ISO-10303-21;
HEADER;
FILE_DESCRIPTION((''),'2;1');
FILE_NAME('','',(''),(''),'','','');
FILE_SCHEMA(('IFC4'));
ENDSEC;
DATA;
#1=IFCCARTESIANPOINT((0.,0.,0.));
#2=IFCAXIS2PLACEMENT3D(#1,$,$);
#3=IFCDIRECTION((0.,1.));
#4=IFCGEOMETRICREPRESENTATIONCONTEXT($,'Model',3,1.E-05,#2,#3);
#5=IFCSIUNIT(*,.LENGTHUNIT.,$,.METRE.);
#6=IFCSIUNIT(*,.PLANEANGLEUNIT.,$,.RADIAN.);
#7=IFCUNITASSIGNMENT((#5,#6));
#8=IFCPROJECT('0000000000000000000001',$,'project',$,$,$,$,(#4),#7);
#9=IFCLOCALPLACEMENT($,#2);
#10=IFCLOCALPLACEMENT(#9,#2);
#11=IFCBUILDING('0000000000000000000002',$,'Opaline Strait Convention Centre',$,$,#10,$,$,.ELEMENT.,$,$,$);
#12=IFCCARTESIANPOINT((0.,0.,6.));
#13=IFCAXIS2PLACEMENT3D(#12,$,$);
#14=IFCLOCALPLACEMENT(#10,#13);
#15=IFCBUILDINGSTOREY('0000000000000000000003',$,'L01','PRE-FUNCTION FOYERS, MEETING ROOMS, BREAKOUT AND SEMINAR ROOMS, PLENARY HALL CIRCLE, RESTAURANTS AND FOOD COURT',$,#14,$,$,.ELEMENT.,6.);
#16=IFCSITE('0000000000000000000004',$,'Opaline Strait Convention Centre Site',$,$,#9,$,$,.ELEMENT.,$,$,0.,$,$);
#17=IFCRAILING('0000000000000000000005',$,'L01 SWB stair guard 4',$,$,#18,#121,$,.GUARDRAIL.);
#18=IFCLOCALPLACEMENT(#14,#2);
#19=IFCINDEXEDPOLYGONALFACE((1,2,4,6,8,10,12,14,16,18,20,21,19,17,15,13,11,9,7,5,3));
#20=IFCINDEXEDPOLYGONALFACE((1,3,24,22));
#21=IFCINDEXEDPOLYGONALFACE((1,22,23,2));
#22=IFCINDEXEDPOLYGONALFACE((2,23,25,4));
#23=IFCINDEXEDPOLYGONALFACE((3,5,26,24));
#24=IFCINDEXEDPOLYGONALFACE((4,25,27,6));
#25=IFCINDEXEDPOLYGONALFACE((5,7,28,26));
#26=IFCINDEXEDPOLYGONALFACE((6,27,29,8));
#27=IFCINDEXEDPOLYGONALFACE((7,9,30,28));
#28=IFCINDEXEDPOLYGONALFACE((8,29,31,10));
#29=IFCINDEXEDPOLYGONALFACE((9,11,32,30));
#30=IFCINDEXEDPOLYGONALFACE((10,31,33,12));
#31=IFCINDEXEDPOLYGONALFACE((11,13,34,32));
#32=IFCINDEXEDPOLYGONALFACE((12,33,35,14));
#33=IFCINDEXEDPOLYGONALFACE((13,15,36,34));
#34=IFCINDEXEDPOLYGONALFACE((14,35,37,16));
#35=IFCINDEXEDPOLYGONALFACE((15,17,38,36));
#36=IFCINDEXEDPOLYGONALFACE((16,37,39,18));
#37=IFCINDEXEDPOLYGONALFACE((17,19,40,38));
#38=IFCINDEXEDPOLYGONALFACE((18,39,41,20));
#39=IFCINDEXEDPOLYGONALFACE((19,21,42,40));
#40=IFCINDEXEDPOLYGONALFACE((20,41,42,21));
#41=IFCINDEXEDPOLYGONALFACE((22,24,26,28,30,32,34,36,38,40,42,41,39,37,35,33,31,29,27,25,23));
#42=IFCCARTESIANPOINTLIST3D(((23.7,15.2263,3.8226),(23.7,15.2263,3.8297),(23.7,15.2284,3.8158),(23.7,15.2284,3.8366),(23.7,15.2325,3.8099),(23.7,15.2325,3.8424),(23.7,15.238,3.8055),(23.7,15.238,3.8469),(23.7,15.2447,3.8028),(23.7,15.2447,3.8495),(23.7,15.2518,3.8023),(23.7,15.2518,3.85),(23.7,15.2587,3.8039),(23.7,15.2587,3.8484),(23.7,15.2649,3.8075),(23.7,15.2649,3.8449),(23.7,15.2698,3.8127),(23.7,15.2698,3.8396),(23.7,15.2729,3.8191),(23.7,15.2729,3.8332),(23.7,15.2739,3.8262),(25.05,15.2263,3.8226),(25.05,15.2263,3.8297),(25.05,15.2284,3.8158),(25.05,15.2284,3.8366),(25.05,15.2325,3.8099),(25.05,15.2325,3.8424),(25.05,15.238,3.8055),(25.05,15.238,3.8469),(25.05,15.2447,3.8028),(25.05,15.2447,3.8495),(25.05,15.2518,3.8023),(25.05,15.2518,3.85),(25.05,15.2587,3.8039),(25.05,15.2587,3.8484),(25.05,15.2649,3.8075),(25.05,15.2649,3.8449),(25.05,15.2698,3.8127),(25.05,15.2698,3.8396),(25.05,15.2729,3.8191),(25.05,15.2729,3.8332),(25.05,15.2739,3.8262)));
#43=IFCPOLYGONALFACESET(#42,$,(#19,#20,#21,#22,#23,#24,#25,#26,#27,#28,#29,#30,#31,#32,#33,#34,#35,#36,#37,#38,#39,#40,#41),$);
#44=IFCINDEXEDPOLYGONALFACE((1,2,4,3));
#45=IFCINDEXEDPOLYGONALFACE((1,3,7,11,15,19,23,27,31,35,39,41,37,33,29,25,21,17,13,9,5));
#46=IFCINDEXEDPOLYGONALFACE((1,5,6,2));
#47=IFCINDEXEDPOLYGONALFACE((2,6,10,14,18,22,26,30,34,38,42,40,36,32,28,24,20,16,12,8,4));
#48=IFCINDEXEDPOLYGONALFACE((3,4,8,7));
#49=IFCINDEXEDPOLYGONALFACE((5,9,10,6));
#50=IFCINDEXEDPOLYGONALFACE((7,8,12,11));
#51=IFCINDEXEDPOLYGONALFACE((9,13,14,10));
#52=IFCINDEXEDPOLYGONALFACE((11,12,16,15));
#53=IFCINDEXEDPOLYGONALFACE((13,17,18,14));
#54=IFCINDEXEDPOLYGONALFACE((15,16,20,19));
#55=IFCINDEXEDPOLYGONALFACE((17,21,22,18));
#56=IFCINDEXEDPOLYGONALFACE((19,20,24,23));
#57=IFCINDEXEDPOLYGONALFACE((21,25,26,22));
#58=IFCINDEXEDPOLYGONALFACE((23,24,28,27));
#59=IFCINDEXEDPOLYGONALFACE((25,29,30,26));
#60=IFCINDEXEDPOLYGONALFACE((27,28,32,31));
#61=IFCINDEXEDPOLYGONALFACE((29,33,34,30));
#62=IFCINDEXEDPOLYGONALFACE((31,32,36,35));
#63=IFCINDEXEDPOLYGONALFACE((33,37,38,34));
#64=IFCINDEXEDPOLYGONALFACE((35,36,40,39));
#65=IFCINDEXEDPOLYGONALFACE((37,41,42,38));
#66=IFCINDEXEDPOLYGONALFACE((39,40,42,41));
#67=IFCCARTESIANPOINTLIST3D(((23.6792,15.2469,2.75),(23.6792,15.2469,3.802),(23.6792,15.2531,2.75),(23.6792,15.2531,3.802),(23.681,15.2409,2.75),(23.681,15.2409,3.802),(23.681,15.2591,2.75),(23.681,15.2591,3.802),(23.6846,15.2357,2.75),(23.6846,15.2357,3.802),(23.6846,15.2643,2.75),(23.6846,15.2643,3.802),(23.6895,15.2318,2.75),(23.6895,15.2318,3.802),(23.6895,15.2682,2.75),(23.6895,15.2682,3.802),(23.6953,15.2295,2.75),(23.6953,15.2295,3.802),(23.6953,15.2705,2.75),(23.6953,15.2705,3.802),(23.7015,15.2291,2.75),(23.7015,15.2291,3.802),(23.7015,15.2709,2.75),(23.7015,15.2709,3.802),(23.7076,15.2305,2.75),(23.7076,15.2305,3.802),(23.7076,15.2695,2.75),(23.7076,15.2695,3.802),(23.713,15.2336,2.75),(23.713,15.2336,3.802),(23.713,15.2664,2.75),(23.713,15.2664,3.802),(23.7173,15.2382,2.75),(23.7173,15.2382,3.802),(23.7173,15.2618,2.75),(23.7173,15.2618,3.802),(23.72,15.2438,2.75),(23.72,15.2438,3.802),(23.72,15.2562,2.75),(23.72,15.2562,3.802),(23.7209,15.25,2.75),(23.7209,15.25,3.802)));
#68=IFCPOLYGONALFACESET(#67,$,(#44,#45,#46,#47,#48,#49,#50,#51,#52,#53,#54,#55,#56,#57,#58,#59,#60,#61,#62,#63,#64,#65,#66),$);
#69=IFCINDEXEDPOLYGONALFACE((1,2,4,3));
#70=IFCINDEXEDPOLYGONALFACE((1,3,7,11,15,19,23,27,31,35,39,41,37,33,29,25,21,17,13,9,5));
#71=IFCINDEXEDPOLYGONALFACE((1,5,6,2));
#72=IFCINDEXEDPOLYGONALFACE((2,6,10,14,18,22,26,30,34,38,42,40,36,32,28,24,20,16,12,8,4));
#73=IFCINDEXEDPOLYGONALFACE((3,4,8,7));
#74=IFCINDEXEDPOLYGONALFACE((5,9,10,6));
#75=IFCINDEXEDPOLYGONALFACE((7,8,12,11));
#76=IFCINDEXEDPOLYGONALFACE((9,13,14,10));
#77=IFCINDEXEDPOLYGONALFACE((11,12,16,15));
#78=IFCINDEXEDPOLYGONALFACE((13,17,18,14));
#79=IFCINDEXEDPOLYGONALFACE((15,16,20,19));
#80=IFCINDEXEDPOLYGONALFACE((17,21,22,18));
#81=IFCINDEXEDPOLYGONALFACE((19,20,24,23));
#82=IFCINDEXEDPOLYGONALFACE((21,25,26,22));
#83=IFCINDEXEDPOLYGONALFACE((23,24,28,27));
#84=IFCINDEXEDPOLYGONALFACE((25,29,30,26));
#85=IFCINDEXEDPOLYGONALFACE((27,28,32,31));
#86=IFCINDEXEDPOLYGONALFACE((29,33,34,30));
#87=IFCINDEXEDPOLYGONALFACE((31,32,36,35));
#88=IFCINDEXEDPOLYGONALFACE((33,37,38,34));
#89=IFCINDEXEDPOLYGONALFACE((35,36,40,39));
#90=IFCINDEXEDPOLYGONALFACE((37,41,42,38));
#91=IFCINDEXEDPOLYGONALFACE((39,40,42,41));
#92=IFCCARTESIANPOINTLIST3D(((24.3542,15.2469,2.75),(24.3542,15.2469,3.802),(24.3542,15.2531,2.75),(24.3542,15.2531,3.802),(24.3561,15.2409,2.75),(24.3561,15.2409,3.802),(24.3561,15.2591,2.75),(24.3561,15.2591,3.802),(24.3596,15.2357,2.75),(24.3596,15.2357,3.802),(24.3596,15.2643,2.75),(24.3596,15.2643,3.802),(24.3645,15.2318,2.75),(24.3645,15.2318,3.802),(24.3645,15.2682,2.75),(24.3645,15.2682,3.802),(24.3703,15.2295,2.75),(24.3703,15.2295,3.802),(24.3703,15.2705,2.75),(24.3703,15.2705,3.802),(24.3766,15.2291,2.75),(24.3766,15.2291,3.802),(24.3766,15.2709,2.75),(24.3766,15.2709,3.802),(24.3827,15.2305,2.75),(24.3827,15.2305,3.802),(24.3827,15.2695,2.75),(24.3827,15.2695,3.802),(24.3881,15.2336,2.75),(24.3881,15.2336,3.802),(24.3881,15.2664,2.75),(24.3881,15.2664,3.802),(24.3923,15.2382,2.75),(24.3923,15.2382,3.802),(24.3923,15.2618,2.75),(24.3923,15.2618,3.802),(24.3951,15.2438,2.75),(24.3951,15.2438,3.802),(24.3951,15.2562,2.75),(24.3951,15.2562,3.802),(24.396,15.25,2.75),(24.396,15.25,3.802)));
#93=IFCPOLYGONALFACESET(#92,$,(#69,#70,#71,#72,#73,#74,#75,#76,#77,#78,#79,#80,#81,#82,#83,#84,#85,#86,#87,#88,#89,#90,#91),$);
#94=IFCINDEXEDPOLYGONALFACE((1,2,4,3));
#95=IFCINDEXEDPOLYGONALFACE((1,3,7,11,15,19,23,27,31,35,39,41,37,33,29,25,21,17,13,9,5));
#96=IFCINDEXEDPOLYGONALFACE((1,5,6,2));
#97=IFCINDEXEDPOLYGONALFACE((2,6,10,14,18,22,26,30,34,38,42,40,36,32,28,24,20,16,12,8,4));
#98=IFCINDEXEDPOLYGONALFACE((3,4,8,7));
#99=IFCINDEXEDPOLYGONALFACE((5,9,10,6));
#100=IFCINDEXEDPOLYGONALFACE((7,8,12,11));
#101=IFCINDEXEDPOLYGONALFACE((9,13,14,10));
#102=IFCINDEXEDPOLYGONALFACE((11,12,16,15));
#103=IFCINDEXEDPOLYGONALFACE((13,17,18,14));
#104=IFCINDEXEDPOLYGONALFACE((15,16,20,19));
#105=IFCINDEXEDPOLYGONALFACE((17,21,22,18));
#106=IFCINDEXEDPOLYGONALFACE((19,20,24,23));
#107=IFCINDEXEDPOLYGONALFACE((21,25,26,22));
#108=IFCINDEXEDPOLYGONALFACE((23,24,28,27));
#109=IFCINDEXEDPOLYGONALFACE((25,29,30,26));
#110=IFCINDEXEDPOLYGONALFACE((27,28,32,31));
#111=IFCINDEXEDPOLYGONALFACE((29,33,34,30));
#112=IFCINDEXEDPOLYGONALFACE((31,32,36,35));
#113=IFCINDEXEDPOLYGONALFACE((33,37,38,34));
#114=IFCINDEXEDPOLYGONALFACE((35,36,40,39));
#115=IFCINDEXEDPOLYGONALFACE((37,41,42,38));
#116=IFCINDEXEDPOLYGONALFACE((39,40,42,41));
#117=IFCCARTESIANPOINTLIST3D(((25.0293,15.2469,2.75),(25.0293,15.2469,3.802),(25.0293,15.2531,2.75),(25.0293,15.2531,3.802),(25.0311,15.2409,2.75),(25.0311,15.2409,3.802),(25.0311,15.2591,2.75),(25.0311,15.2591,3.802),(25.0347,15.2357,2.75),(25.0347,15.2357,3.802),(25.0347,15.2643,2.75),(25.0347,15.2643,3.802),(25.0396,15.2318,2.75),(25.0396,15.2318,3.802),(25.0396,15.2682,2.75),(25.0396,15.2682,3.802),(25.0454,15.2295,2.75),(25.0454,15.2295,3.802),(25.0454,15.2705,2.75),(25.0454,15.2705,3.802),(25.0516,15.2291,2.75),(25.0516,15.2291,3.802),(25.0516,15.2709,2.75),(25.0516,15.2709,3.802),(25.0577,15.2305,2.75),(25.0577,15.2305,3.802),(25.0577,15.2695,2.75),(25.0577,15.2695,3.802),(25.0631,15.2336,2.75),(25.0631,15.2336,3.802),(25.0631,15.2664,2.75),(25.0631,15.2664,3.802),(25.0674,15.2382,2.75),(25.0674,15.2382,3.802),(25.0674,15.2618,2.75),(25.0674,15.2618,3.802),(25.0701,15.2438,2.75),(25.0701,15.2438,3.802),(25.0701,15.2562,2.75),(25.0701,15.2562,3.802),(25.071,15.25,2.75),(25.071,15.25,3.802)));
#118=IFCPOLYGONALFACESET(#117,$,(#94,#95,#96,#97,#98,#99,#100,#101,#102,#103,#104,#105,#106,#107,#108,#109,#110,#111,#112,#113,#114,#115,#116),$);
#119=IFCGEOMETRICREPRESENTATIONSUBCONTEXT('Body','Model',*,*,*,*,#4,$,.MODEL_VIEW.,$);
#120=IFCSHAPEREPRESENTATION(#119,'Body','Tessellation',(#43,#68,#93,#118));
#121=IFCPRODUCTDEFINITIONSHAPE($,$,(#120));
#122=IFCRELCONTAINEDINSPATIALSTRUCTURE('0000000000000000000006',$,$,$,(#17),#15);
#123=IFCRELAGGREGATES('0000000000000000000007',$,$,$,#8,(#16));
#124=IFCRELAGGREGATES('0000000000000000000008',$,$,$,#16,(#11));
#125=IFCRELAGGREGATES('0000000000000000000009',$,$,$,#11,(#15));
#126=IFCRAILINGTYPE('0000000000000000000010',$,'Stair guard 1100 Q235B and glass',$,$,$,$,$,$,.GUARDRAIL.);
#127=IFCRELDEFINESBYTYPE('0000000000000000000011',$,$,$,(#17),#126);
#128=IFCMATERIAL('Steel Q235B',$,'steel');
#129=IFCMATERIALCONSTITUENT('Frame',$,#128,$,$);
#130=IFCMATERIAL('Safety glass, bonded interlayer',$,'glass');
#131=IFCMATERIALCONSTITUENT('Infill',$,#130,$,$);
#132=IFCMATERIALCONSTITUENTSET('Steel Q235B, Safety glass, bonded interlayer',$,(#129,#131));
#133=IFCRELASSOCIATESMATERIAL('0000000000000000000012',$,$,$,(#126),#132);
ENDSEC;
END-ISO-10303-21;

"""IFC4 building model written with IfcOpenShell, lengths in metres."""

from ifc_helpers import new_model, si_unit, direction, frame, origin, origin_2d, place, context, subcontext, project, spatial, circle, extrude, material, constituent, constituent_set, type_object, element, save


model = new_model("IFC4")

# Units and contexts
model_context = context("Model", 3, precision=1e-05, world=origin(), true_north=direction((0.0, 1.0)))
body_context = subcontext(model_context, "Body", "Model", "MODEL_VIEW")
ifc_project = project(units=[si_unit("LENGTHUNIT", "METRE"), si_unit("PLANEANGLEUNIT", "RADIAN")], contexts=[model_context])

# Site, building, storey
site_placement = place(None, origin())
site = spatial("IfcSite", under=ifc_project, at=site_placement, Name="Opaline Strait Convention Centre Site", CompositionType="ELEMENT", RefElevation=0.0)
building_placement = place(site_placement, origin())
building = spatial("IfcBuilding", under=site, at=building_placement, Name="Opaline Strait Convention Centre", CompositionType="ELEMENT")
storey_placement = place(building_placement, frame((0.0, 0.0, 6.0)))
storey = spatial("IfcBuildingStorey", under=building, at=storey_placement, Name="L01", Description="PRE-FUNCTION FOYERS, MEETING ROOMS, BREAKOUT AND SEMINAR ROOMS, PLENARY HALL CIRCLE, RESTAURANTS AND FOOD COURT", CompositionType="ELEMENT", Elevation=6.0)

# Railing
ifc_material_1 = material(Name="Steel Q235B", Category="steel")
ifc_constituent_1 = constituent(ifc_material_1, Name="Frame")
ifc_material_2 = material(Name="Safety glass, bonded interlayer", Category="glass")
ifc_constituent_2 = constituent(ifc_material_2, Name="Infill")
ifc_constituent_set = constituent_set(constituents=[ifc_constituent_1, ifc_constituent_2], Name="Steel Q235B, Safety glass, bonded interlayer")
railing_type_1 = type_object("IfcRailingType", Name="Stair guard 1100 Q235B and glass", PredefinedType="GUARDRAIL", material=ifc_constituent_set)
railing_1_placement = place(storey_placement, frame((23.7, 15.25, 2.75)))
element("IfcRailing", 1, at=railing_1_placement, inside=storey, type_object=railing_type_1, Name="L01 SWB stair guard 4", PredefinedType="GUARDRAIL", context=body_context, shape_type="SweptSolid", body=[
    extrude(circle(Radius=0.0239, at=origin_2d()), frame((0.0, 0.0, 1.0762), z_axis=(1.0, 0.0, 0.0), x_axis=(0.0, 1.0, 0.0)), (0.0, 0.0, 1.0), 1.3501),
    extrude(circle(Radius=0.021, at=origin_2d()), origin(), (0.0, 0.0, 1.0), 1.052),
    extrude(circle(Radius=0.021, at=origin_2d()), frame((0.675, 0.0, 0.0)), (0.0, 0.0, 1.0), 1.052),
    extrude(circle(Radius=0.021, at=origin_2d()), frame((1.3501, 0.0, 0.0)), (0.0, 0.0, 1.0), 1.052),
])

save(model, "model.ifc")
